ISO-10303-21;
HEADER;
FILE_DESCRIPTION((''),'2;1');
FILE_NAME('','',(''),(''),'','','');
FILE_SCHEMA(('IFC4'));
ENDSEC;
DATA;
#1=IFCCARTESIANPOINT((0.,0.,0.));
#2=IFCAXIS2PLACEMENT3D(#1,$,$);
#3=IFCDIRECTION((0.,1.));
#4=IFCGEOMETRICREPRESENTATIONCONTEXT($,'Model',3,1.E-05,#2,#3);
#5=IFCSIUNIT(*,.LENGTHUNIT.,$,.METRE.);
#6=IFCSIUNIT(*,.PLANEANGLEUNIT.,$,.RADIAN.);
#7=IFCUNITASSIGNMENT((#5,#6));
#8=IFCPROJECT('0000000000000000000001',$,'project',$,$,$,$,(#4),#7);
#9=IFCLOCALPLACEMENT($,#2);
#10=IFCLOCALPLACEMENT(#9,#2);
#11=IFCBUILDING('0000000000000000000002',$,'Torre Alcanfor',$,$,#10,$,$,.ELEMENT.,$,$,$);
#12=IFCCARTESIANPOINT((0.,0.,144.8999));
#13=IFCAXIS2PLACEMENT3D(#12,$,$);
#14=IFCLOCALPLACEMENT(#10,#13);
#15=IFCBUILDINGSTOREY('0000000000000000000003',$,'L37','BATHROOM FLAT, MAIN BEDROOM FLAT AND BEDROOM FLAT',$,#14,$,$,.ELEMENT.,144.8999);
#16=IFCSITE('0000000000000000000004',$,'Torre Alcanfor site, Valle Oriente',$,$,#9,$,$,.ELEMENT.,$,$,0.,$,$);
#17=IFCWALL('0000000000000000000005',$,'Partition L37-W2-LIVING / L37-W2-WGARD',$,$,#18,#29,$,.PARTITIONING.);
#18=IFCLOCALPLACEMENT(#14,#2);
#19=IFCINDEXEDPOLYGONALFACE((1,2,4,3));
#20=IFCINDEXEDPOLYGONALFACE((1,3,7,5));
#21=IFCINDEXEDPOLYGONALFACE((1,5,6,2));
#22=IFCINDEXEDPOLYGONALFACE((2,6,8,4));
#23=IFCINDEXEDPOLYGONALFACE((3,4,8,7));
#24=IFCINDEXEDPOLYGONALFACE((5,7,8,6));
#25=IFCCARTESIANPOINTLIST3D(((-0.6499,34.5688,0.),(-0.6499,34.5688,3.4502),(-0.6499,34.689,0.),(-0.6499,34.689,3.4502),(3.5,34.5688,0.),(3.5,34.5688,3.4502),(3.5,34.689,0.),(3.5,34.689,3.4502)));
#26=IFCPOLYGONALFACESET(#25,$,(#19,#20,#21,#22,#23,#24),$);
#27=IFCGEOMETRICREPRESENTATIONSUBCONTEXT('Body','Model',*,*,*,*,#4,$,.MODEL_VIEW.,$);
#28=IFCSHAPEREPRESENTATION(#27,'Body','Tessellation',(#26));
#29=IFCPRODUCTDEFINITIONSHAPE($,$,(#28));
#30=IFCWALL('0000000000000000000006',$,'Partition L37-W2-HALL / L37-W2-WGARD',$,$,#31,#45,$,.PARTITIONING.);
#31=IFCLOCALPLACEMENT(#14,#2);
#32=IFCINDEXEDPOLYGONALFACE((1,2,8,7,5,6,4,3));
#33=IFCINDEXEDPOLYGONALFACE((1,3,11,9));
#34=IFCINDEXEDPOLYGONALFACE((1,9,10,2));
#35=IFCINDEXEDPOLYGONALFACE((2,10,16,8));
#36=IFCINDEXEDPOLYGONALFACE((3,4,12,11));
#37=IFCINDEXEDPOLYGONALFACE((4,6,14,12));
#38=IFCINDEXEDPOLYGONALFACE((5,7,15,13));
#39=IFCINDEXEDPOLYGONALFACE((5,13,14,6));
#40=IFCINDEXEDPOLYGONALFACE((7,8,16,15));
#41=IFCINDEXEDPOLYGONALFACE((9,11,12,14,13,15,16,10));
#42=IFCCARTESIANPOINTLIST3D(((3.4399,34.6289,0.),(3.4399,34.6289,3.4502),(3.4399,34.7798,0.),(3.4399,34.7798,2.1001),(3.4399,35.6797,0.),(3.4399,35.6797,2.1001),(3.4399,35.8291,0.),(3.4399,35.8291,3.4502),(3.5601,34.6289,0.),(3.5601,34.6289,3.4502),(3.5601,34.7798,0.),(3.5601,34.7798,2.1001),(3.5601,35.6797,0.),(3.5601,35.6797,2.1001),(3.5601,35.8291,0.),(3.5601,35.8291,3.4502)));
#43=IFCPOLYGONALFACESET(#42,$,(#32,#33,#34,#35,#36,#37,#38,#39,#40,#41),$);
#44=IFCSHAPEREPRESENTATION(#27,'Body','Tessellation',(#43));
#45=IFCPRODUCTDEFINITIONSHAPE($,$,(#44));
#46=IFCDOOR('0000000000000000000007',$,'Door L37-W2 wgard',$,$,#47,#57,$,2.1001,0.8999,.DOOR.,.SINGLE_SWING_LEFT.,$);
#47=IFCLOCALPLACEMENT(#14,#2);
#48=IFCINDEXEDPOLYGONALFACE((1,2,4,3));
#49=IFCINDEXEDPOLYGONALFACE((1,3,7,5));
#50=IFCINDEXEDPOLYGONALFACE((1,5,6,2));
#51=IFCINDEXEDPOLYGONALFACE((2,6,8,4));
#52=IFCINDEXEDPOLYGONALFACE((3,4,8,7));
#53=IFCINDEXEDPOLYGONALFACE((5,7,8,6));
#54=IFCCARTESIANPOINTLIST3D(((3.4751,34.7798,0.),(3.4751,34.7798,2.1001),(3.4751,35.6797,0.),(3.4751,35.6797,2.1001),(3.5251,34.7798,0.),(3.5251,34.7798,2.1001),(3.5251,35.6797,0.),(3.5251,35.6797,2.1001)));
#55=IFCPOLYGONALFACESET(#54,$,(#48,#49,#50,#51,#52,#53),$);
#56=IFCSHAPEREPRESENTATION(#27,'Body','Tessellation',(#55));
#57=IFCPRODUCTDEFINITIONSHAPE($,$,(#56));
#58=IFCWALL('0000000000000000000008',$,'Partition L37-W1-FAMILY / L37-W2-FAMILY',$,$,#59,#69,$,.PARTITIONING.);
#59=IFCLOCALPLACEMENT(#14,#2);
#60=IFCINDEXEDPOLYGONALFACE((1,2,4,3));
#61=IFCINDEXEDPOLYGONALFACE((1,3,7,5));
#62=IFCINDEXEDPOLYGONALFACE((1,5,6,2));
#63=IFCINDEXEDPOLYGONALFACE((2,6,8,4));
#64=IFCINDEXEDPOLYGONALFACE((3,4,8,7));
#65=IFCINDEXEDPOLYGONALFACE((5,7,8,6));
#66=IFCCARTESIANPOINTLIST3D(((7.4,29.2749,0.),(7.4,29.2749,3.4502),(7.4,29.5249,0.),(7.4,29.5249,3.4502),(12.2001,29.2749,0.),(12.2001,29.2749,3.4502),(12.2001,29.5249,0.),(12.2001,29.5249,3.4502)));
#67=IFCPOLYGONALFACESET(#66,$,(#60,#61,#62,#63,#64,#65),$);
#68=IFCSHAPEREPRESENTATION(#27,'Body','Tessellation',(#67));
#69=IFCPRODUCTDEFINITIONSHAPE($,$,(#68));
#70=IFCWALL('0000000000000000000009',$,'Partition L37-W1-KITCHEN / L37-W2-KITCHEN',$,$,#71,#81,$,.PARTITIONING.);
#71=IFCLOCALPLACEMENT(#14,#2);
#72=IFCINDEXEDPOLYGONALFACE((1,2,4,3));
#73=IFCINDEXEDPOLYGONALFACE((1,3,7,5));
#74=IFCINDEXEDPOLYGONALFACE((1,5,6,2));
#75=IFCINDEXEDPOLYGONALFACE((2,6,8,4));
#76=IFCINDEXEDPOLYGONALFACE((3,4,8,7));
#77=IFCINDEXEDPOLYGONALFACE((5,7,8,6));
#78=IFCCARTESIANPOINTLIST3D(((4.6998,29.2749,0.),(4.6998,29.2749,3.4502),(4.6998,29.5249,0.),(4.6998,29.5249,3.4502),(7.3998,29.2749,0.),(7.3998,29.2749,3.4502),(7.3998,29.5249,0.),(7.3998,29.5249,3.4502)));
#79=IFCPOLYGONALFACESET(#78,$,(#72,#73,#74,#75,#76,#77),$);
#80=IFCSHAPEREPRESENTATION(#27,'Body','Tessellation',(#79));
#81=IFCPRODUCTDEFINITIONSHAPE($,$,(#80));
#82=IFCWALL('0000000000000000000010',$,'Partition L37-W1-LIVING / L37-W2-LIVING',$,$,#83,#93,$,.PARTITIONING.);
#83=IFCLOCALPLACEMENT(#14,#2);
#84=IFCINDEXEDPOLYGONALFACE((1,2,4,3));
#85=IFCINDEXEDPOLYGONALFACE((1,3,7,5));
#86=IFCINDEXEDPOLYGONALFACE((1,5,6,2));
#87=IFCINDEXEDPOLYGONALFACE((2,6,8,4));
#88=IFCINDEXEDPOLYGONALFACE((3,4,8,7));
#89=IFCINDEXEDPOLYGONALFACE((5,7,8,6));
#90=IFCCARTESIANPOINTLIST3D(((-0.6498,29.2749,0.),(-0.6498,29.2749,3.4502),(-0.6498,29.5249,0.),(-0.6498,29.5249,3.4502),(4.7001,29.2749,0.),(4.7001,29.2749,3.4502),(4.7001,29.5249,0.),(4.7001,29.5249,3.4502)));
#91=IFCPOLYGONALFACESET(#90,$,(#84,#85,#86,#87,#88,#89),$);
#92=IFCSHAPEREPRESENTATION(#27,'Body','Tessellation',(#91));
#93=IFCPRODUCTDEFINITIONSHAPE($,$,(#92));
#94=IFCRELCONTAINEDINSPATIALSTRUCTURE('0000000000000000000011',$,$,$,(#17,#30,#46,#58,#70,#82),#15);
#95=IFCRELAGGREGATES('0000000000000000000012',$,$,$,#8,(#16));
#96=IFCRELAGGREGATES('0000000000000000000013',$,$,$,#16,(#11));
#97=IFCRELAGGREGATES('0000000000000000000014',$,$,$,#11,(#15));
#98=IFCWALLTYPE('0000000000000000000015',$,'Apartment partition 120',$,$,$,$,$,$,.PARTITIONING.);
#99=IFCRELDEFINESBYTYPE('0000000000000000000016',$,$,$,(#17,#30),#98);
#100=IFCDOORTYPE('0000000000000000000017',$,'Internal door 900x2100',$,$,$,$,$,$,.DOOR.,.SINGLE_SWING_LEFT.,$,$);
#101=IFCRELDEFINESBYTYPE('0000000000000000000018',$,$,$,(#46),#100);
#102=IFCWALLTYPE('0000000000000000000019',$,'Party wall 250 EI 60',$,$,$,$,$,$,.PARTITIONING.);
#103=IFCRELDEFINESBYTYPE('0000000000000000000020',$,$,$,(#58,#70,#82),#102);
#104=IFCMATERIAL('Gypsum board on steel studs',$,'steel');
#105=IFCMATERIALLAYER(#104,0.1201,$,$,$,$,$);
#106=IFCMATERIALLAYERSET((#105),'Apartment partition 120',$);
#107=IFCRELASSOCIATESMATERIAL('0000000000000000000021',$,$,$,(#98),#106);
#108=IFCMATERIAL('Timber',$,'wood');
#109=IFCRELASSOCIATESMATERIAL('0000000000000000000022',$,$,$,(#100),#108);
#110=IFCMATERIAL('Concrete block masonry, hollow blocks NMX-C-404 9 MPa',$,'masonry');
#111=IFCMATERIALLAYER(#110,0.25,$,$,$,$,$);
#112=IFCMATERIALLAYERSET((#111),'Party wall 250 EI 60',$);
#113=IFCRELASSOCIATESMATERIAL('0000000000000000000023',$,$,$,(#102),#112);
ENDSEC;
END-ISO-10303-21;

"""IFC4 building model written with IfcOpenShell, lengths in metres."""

from ifc_helpers import new_model, si_unit, direction, frame, frame_2d, origin, place, context, subcontext, project, spatial, rectangle, extrude, material, layer, layer_set, type_object, element, fill, save


model = new_model("IFC4")

# Units and contexts
model_context = context("Model", 3, precision=1e-05, world=origin(), true_north=direction((0.0, 1.0)))
body_context = subcontext(model_context, "Body", "Model", "MODEL_VIEW")
ifc_project = project(units=[si_unit("LENGTHUNIT", "METRE"), si_unit("PLANEANGLEUNIT", "RADIAN")], contexts=[model_context])

# Site, building, storey
site_placement = place(None, origin())
site = spatial("IfcSite", under=ifc_project, at=site_placement, Name="Torre Alcanfor site, Valle Oriente", CompositionType="ELEMENT", RefElevation=0.0)
building_placement = place(site_placement, origin())
building = spatial("IfcBuilding", under=site, at=building_placement, Name="Torre Alcanfor", CompositionType="ELEMENT")
storey_placement = place(building_placement, frame((0.0, 0.0, 144.8999)))
storey = spatial("IfcBuildingStorey", under=building, at=storey_placement, Name="L37", Description="BATHROOM FLAT, MAIN BEDROOM FLAT AND BEDROOM FLAT", CompositionType="ELEMENT", Elevation=144.8999)

# Shared definitions
ifc_material_1 = material(Name="Gypsum board on steel studs", Category="steel")
ifc_layer_1 = layer(ifc_material_1, 0.1201)
ifc_layer_set_1 = layer_set([ifc_layer_1], Name="Apartment partition 120")
wall_type_1 = type_object("IfcWallType", Name="Apartment partition 120", PredefinedType="PARTITIONING", material=ifc_layer_set_1)

# Shared definitions
ifc_material_2 = material(Name="Timber", Category="wood")
door_type_1 = type_object("IfcDoorType", Name="Internal door 900x2100", OperationType="SINGLE_SWING_LEFT", PredefinedType="DOOR", material=ifc_material_2)

# Wall
wall_1_placement = place(storey_placement, frame((-0.6499, 34.6289, 0.0), z_axis=(0.0, 0.0, 1.0), x_axis=(1.0, 0.0, 0.0)))
element("IfcWall", 1, at=wall_1_placement, inside=storey, type_object=wall_type_1, Name="Partition L37-W2-LIVING / L37-W2-WGARD", PredefinedType="PARTITIONING", context=body_context, shape_type="SweptSolid", body=[
    extrude(rectangle(XDim=4.1499, YDim=0.1201, at=frame_2d((2.075, 0.0))), origin(), (0.0, 0.0, 1.0), 3.4502),
])

# Wall, opening, door
wall_2_placement = place(storey_placement, frame((3.5, 34.6289, 0.0), z_axis=(0.0, 0.0, 1.0), x_axis=(0.0, 1.0, 0.0)))
wall_2 = element("IfcWall", 2, at=wall_2_placement, inside=storey, type_object=wall_type_1, Name="Partition L37-W2-HALL / L37-W2-WGARD", PredefinedType="PARTITIONING", context=body_context, shape_type="SweptSolid", body=[
    extrude(rectangle(XDim=1.2002, YDim=0.1201, at=frame_2d((0.6001, 0.0))), origin(), (0.0, 0.0, 1.0), 3.4502),
])
opening_1_placement = place(wall_2_placement, frame((0.1509, 0.0, 0.0)))
opening_1 = element("IfcOpeningElement", 3, at=opening_1_placement, cuts=wall_2, PredefinedType="OPENING", context=body_context, shape_type="SweptSolid", body=[
    extrude(rectangle(XDim=0.8999, YDim=2.1001, at=frame_2d((0.45, 1.05))), frame((0.0, 0.0701, 0.0), z_axis=(0.0, -1.0, 0.0), x_axis=(1.0, 0.0, 0.0)), (0.0, 0.0, 1.0), 0.1401),
])
door_1_placement = place(opening_1_placement, origin())
door_1 = element("IfcDoor", 4, at=door_1_placement, inside=storey, type_object=door_type_1, Name="Door L37-W2 wgard", OperationType="SINGLE_SWING_LEFT", OverallHeight=2.1001, OverallWidth=0.8999, PredefinedType="DOOR", context=body_context, shape_type="SweptSolid", body=[
    extrude(rectangle(XDim=0.8999, YDim=2.1001, at=frame_2d((0.45, 1.05))), frame((0.0, 0.0249, 0.0), z_axis=(0.0, -1.0, 0.0), x_axis=(1.0, 0.0, 0.0)), (0.0, 0.0, 1.0), 0.05),
])
fill(opening_1, door_1)

# Walls
ifc_material_3 = material(Name="Concrete block masonry, hollow blocks NMX-C-404 9 MPa", Category="masonry")
ifc_layer_2 = layer(ifc_material_3, 0.25)
ifc_layer_set_2 = layer_set([ifc_layer_2], Name="Party wall 250 EI 60")
wall_type_2 = type_object("IfcWallType", Name="Party wall 250 EI 60", PredefinedType="PARTITIONING", material=ifc_layer_set_2)
wall_3_placement = place(storey_placement, frame((12.2, 29.3999, 0.0), z_axis=(0.0, 0.0, 1.0), x_axis=(-1.0, 0.0, 0.0)))
element("IfcWall", 5, at=wall_3_placement, inside=storey, type_object=wall_type_2, Name="Partition L37-W1-FAMILY / L37-W2-FAMILY", PredefinedType="PARTITIONING", context=body_context, shape_type="SweptSolid", body=[
    extrude(rectangle(XDim=4.8, YDim=0.25, at=frame_2d((2.3999, 0.0))), origin(), (0.0, 0.0, 1.0), 3.4502),
])
wall_4_placement = place(storey_placement, frame((7.3999, 29.3999, 0.0), z_axis=(0.0, 0.0, 1.0), x_axis=(-1.0, 0.0, 0.0)))
element("IfcWall", 6, at=wall_4_placement, inside=storey, type_object=wall_type_2, Name="Partition L37-W1-KITCHEN / L37-W2-KITCHEN", PredefinedType="PARTITIONING", context=body_context, shape_type="SweptSolid", body=[
    extrude(rectangle(XDim=2.7, YDim=0.25, at=frame_2d((1.3501, 0.0))), origin(), (0.0, 0.0, 1.0), 3.4502),
])
wall_5_placement = place(storey_placement, frame((4.7, 29.3999, 0.0), z_axis=(0.0, 0.0, 1.0), x_axis=(-1.0, 0.0, 0.0)))
element("IfcWall", 7, at=wall_5_placement, inside=storey, type_object=wall_type_2, Name="Partition L37-W1-LIVING / L37-W2-LIVING", PredefinedType="PARTITIONING", context=body_context, shape_type="SweptSolid", body=[
    extrude(rectangle(XDim=5.3499, YDim=0.25, at=frame_2d((2.6748, 0.0))), origin(), (0.0, 0.0, 1.0), 3.4502),
])

save(model, "model.ifc")
